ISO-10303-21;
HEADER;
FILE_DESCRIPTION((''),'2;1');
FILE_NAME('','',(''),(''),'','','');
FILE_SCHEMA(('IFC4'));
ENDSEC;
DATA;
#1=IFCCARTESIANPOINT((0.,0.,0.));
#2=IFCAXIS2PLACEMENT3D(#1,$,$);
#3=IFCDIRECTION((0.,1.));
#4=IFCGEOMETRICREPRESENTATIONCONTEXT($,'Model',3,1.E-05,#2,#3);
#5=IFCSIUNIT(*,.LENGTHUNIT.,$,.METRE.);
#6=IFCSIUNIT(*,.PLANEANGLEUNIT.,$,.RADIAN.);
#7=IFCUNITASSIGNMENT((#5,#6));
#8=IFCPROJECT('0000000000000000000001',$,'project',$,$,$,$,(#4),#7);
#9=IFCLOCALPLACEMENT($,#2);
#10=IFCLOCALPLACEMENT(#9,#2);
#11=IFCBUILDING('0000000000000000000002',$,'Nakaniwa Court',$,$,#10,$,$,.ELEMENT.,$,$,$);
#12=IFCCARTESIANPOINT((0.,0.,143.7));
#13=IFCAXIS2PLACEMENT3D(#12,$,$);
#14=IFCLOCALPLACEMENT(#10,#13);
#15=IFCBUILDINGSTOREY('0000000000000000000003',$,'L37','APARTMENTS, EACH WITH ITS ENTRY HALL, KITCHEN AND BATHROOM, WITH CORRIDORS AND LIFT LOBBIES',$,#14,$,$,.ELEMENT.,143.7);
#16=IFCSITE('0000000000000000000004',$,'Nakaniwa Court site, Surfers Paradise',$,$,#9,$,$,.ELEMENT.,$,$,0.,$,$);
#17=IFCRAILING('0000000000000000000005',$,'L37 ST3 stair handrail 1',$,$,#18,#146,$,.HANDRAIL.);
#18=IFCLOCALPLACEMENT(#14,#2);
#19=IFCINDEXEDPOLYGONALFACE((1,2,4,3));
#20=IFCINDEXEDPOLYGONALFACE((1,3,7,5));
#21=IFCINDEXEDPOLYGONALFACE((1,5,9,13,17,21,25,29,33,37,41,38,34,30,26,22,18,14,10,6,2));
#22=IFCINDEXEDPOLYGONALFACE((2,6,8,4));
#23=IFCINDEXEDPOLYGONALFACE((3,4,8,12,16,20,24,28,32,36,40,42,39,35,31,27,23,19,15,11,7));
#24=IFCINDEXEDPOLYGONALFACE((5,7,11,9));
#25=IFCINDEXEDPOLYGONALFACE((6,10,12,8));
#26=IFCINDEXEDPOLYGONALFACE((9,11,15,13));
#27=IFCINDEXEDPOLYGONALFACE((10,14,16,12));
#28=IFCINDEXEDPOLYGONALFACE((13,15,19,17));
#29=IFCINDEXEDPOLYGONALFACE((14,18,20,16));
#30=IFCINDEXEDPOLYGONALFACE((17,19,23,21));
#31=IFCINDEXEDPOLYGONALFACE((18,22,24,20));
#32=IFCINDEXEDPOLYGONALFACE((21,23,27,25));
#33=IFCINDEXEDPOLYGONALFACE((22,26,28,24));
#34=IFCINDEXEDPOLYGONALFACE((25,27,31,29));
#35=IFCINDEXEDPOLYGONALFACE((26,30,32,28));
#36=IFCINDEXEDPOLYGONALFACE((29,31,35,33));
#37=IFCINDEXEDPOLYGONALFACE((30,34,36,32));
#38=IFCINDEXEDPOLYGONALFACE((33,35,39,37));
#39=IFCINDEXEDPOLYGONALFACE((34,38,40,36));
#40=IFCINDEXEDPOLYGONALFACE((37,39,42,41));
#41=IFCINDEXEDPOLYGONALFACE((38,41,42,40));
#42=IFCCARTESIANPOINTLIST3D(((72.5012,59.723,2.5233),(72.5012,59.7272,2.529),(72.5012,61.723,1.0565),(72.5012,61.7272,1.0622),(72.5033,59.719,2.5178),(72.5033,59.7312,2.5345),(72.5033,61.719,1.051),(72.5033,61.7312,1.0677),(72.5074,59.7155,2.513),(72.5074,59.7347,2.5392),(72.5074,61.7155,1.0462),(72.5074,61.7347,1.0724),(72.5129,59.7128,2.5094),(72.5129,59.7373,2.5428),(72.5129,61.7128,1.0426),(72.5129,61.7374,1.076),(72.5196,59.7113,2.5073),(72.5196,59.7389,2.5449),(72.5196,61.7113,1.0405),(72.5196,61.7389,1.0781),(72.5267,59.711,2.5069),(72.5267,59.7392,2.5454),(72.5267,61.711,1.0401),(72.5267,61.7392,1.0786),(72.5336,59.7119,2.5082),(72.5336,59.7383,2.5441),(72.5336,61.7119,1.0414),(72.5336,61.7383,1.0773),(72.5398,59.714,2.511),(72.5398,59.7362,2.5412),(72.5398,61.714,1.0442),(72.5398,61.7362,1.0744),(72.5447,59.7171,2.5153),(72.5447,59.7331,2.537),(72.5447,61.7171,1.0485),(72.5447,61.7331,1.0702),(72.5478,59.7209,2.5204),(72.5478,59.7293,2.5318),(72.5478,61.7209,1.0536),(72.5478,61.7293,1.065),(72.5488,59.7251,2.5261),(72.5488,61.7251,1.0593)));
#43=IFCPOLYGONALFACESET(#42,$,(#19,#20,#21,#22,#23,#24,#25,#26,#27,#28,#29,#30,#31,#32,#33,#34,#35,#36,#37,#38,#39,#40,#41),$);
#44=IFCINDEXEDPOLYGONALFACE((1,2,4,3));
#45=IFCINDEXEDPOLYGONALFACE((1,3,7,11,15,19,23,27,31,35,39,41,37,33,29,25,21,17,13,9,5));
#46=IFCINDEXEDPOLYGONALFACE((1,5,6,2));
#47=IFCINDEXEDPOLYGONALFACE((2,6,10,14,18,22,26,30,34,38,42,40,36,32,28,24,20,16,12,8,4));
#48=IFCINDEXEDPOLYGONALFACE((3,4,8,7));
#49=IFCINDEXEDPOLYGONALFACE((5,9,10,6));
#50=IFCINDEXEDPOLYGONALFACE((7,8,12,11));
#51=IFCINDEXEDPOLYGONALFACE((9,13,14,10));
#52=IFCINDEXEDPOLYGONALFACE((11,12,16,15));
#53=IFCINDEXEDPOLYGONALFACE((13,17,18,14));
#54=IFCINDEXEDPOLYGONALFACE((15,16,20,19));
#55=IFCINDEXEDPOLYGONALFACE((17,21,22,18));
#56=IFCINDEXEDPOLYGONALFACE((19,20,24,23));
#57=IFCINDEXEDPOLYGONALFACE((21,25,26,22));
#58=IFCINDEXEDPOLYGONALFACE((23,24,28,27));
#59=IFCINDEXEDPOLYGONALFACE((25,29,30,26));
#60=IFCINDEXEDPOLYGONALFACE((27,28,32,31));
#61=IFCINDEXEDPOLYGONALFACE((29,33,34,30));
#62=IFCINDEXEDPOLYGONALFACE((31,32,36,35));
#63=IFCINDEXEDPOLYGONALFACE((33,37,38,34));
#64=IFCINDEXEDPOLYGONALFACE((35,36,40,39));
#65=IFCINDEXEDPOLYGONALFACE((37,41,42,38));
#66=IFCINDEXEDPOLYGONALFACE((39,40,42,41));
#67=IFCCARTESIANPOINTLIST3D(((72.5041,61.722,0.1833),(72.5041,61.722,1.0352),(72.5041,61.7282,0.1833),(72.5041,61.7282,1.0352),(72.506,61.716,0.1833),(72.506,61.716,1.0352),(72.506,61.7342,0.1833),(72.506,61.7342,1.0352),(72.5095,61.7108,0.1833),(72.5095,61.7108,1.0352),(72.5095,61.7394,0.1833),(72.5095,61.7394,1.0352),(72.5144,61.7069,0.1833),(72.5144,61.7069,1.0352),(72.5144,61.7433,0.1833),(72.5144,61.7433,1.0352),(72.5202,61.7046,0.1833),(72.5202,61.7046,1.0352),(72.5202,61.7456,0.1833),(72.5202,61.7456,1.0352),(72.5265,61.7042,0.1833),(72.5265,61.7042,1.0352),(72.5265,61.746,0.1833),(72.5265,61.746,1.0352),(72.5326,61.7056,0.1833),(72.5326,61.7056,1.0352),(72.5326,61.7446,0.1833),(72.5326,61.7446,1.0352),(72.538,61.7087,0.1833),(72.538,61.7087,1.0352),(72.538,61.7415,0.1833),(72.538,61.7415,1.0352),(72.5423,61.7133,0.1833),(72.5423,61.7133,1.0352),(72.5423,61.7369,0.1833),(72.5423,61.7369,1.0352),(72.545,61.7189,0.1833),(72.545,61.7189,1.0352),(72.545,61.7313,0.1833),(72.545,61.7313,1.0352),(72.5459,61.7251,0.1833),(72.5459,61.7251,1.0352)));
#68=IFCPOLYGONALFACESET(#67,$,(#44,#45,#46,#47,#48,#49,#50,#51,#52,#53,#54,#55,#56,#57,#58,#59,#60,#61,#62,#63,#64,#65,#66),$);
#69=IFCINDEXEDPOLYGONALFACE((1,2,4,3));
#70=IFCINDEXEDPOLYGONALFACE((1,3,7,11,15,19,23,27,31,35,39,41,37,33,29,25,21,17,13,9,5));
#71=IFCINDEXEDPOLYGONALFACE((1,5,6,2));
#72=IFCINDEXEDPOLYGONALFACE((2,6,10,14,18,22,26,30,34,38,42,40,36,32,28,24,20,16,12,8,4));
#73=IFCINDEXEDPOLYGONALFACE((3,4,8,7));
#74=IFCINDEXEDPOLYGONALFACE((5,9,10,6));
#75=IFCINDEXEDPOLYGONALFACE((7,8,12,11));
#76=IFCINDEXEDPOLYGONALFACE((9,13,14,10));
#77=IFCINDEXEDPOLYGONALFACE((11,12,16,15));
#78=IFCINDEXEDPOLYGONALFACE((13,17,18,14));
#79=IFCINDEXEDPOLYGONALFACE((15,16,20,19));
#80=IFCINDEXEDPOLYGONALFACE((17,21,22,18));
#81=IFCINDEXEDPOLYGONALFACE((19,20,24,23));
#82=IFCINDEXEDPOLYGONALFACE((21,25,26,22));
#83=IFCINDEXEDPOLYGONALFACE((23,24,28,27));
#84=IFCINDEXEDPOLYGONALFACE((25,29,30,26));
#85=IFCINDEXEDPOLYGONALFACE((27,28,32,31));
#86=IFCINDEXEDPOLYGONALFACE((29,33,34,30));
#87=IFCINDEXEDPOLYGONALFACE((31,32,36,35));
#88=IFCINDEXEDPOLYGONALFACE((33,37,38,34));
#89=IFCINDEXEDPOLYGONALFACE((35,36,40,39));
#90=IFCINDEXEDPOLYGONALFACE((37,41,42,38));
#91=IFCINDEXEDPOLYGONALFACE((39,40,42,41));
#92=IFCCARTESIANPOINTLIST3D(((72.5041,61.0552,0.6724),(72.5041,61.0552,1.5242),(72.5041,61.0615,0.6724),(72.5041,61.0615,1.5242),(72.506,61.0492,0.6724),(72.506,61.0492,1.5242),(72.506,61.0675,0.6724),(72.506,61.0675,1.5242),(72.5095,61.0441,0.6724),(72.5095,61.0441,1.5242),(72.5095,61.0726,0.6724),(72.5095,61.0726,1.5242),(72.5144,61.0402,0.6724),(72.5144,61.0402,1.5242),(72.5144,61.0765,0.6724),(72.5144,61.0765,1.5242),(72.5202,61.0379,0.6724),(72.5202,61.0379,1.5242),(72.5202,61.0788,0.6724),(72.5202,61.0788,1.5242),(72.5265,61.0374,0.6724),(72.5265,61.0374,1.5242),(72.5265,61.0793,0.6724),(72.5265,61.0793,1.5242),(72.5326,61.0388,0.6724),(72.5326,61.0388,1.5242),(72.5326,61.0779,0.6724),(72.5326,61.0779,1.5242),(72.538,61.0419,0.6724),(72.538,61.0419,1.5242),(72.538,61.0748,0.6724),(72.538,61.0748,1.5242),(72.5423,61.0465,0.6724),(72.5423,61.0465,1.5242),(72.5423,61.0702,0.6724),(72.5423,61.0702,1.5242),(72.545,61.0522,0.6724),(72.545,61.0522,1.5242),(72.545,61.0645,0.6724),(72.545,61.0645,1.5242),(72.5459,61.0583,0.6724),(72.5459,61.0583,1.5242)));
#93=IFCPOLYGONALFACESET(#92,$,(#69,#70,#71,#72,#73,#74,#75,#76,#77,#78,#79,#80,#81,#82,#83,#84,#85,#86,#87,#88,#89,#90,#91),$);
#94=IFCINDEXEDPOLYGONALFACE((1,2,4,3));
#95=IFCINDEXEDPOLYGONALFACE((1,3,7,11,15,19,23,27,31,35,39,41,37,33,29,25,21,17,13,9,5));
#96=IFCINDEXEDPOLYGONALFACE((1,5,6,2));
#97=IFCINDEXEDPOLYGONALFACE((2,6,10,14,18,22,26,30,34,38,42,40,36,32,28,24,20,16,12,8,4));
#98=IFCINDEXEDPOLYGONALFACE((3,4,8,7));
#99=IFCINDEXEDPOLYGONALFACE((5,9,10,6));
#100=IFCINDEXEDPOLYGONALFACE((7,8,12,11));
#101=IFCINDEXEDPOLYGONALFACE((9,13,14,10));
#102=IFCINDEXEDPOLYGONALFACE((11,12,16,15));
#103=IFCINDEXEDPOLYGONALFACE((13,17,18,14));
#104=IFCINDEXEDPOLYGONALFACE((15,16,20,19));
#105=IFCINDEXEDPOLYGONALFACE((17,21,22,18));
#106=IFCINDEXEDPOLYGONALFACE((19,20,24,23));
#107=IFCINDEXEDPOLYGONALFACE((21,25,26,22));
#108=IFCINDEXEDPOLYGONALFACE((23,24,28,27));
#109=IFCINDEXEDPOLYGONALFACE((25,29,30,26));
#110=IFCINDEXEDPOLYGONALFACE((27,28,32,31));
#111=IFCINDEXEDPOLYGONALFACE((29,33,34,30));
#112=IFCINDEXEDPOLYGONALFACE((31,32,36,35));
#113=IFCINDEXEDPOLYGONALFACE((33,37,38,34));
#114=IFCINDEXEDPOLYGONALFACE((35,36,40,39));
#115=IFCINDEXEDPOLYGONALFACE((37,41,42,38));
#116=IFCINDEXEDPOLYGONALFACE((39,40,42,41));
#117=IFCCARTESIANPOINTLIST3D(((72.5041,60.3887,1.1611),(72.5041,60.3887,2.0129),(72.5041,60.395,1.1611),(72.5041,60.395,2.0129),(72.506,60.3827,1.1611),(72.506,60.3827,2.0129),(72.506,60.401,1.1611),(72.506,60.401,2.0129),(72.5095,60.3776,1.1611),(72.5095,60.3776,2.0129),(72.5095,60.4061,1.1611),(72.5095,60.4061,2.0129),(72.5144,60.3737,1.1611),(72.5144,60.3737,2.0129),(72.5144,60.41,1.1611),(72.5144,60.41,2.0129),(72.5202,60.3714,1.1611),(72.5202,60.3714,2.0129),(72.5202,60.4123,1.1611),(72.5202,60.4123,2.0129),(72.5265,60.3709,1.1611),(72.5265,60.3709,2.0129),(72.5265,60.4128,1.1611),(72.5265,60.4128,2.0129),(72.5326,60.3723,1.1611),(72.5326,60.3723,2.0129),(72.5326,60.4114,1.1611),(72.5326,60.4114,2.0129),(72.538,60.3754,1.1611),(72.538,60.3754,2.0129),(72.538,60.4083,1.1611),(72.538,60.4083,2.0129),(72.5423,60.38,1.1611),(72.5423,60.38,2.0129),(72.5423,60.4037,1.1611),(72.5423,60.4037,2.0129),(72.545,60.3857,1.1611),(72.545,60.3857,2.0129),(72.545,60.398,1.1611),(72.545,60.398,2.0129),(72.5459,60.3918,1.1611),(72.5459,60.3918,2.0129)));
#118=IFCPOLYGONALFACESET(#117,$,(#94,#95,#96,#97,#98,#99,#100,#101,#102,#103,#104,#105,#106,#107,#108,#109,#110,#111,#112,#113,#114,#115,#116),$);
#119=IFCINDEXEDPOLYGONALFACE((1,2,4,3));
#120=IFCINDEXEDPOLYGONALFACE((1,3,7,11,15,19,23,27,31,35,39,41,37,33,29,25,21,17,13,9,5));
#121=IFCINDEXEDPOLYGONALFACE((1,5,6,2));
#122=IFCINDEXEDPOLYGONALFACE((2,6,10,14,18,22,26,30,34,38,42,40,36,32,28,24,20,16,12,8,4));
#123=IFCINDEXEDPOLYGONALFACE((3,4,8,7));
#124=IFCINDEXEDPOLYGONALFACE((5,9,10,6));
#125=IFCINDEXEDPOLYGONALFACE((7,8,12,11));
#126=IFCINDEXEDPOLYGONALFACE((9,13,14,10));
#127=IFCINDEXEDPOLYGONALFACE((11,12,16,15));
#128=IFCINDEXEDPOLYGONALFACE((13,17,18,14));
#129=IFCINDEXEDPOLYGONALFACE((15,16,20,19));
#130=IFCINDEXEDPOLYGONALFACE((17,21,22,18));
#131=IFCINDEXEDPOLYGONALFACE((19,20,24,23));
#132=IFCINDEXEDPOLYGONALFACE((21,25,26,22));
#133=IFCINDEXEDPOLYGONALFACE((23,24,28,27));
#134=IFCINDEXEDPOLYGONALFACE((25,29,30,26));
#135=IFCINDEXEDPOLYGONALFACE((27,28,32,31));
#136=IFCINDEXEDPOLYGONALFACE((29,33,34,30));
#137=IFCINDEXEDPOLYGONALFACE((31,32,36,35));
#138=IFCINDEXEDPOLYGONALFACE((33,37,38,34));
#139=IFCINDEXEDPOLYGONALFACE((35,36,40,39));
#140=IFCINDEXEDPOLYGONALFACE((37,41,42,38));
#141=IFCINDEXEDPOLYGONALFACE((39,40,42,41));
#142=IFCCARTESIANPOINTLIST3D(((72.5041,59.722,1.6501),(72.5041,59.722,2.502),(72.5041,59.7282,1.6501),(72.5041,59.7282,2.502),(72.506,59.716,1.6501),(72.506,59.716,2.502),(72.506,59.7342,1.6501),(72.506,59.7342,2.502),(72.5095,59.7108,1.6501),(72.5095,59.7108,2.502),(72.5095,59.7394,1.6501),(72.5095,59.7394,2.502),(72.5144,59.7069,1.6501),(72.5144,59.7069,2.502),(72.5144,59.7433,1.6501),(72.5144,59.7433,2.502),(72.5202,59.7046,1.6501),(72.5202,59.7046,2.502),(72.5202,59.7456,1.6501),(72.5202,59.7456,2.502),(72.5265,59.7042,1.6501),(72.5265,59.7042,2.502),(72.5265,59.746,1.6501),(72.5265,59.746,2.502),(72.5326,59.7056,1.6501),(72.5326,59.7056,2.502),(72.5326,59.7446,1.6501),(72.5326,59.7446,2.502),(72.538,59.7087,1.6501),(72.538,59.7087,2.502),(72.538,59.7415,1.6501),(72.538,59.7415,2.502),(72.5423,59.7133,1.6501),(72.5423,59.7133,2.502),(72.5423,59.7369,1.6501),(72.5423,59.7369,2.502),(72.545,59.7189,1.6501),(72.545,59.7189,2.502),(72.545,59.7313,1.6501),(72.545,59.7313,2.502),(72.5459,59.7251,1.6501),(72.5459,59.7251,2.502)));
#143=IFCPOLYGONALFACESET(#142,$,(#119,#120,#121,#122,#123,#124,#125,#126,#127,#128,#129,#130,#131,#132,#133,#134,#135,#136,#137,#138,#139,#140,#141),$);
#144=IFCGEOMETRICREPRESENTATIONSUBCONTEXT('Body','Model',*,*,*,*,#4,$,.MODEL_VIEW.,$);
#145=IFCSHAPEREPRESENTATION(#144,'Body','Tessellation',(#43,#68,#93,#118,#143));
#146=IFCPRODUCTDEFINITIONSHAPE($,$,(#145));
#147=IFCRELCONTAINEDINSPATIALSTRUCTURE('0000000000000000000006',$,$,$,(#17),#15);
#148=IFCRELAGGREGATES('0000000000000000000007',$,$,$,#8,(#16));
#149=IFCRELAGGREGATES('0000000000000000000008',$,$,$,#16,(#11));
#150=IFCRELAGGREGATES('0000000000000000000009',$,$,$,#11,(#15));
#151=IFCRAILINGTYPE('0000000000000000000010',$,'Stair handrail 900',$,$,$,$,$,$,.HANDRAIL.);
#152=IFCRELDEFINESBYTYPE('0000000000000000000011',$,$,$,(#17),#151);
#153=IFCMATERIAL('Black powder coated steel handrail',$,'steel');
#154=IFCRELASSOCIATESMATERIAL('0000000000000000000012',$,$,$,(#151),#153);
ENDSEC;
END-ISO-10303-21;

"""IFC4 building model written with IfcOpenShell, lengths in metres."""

from ifc_helpers import new_model, si_unit, direction, frame, origin, origin_2d, place, context, subcontext, project, spatial, circle, extrude, material, type_object, element, save


model = new_model("IFC4")

# Units and contexts
model_context = context("Model", 3, precision=1e-05, world=origin(), true_north=direction((0.0, 1.0)))
body_context = subcontext(model_context, "Body", "Model", "MODEL_VIEW")
ifc_project = project(units=[si_unit("LENGTHUNIT", "METRE"), si_unit("PLANEANGLEUNIT", "RADIAN")], contexts=[model_context])

# Site, building, storey
site_placement = place(None, origin())
site = spatial("IfcSite", under=ifc_project, at=site_placement, Name="Nakaniwa Court site, Surfers Paradise", CompositionType="ELEMENT", RefElevation=0.0)
building_placement = place(site_placement, origin())
building = spatial("IfcBuilding", under=site, at=building_placement, Name="Nakaniwa Court", CompositionType="ELEMENT")
storey_placement = place(building_placement, frame((0.0, 0.0, 143.7)))
storey = spatial("IfcBuildingStorey", under=building, at=storey_placement, Name="L37", Description="APARTMENTS, EACH WITH ITS ENTRY HALL, KITCHEN AND BATHROOM, WITH CORRIDORS AND LIFT LOBBIES", CompositionType="ELEMENT", Elevation=143.7)

# Railing
ifc_material_1 = material(Name="Black powder coated steel handrail", Category="steel")
railing_type_1 = type_object("IfcRailingType", Name="Stair handrail 900", PredefinedType="HANDRAIL", material=ifc_material_1)
railing_1_placement = place(storey_placement, frame((72.5249, 61.7251, 0.1833)))
element("IfcRailing", 1, at=railing_1_placement, inside=storey, type_object=railing_type_1, Name="L37 ST3 stair handrail 1", PredefinedType="HANDRAIL", context=body_context, shape_type="SweptSolid", body=[
    extrude(circle(Radius=0.0239, at=origin_2d()), frame((0.0, 0.0, 0.876), z_axis=(0.0, -0.80638, 0.591398), x_axis=(1.0, 0.0, 0.0)), (0.0, 0.0, 1.0), 2.4802),
    extrude(circle(Radius=0.021, at=origin_2d()), origin(), (0.0, 0.0, 1.0), 0.8518),
    extrude(circle(Radius=0.021, at=origin_2d()), frame((0.0, -0.6667, 0.489)), (0.0, 0.0, 1.0), 0.8518),
    extrude(circle(Radius=0.021, at=origin_2d()), frame((0.0, -1.3333, 0.9778)), (0.0, 0.0, 1.0), 0.8518),
    extrude(circle(Radius=0.021, at=origin_2d()), frame((0.0, -2.0, 1.4668)), (0.0, 0.0, 1.0), 0.8518),
])

save(model, "model.ifc")
